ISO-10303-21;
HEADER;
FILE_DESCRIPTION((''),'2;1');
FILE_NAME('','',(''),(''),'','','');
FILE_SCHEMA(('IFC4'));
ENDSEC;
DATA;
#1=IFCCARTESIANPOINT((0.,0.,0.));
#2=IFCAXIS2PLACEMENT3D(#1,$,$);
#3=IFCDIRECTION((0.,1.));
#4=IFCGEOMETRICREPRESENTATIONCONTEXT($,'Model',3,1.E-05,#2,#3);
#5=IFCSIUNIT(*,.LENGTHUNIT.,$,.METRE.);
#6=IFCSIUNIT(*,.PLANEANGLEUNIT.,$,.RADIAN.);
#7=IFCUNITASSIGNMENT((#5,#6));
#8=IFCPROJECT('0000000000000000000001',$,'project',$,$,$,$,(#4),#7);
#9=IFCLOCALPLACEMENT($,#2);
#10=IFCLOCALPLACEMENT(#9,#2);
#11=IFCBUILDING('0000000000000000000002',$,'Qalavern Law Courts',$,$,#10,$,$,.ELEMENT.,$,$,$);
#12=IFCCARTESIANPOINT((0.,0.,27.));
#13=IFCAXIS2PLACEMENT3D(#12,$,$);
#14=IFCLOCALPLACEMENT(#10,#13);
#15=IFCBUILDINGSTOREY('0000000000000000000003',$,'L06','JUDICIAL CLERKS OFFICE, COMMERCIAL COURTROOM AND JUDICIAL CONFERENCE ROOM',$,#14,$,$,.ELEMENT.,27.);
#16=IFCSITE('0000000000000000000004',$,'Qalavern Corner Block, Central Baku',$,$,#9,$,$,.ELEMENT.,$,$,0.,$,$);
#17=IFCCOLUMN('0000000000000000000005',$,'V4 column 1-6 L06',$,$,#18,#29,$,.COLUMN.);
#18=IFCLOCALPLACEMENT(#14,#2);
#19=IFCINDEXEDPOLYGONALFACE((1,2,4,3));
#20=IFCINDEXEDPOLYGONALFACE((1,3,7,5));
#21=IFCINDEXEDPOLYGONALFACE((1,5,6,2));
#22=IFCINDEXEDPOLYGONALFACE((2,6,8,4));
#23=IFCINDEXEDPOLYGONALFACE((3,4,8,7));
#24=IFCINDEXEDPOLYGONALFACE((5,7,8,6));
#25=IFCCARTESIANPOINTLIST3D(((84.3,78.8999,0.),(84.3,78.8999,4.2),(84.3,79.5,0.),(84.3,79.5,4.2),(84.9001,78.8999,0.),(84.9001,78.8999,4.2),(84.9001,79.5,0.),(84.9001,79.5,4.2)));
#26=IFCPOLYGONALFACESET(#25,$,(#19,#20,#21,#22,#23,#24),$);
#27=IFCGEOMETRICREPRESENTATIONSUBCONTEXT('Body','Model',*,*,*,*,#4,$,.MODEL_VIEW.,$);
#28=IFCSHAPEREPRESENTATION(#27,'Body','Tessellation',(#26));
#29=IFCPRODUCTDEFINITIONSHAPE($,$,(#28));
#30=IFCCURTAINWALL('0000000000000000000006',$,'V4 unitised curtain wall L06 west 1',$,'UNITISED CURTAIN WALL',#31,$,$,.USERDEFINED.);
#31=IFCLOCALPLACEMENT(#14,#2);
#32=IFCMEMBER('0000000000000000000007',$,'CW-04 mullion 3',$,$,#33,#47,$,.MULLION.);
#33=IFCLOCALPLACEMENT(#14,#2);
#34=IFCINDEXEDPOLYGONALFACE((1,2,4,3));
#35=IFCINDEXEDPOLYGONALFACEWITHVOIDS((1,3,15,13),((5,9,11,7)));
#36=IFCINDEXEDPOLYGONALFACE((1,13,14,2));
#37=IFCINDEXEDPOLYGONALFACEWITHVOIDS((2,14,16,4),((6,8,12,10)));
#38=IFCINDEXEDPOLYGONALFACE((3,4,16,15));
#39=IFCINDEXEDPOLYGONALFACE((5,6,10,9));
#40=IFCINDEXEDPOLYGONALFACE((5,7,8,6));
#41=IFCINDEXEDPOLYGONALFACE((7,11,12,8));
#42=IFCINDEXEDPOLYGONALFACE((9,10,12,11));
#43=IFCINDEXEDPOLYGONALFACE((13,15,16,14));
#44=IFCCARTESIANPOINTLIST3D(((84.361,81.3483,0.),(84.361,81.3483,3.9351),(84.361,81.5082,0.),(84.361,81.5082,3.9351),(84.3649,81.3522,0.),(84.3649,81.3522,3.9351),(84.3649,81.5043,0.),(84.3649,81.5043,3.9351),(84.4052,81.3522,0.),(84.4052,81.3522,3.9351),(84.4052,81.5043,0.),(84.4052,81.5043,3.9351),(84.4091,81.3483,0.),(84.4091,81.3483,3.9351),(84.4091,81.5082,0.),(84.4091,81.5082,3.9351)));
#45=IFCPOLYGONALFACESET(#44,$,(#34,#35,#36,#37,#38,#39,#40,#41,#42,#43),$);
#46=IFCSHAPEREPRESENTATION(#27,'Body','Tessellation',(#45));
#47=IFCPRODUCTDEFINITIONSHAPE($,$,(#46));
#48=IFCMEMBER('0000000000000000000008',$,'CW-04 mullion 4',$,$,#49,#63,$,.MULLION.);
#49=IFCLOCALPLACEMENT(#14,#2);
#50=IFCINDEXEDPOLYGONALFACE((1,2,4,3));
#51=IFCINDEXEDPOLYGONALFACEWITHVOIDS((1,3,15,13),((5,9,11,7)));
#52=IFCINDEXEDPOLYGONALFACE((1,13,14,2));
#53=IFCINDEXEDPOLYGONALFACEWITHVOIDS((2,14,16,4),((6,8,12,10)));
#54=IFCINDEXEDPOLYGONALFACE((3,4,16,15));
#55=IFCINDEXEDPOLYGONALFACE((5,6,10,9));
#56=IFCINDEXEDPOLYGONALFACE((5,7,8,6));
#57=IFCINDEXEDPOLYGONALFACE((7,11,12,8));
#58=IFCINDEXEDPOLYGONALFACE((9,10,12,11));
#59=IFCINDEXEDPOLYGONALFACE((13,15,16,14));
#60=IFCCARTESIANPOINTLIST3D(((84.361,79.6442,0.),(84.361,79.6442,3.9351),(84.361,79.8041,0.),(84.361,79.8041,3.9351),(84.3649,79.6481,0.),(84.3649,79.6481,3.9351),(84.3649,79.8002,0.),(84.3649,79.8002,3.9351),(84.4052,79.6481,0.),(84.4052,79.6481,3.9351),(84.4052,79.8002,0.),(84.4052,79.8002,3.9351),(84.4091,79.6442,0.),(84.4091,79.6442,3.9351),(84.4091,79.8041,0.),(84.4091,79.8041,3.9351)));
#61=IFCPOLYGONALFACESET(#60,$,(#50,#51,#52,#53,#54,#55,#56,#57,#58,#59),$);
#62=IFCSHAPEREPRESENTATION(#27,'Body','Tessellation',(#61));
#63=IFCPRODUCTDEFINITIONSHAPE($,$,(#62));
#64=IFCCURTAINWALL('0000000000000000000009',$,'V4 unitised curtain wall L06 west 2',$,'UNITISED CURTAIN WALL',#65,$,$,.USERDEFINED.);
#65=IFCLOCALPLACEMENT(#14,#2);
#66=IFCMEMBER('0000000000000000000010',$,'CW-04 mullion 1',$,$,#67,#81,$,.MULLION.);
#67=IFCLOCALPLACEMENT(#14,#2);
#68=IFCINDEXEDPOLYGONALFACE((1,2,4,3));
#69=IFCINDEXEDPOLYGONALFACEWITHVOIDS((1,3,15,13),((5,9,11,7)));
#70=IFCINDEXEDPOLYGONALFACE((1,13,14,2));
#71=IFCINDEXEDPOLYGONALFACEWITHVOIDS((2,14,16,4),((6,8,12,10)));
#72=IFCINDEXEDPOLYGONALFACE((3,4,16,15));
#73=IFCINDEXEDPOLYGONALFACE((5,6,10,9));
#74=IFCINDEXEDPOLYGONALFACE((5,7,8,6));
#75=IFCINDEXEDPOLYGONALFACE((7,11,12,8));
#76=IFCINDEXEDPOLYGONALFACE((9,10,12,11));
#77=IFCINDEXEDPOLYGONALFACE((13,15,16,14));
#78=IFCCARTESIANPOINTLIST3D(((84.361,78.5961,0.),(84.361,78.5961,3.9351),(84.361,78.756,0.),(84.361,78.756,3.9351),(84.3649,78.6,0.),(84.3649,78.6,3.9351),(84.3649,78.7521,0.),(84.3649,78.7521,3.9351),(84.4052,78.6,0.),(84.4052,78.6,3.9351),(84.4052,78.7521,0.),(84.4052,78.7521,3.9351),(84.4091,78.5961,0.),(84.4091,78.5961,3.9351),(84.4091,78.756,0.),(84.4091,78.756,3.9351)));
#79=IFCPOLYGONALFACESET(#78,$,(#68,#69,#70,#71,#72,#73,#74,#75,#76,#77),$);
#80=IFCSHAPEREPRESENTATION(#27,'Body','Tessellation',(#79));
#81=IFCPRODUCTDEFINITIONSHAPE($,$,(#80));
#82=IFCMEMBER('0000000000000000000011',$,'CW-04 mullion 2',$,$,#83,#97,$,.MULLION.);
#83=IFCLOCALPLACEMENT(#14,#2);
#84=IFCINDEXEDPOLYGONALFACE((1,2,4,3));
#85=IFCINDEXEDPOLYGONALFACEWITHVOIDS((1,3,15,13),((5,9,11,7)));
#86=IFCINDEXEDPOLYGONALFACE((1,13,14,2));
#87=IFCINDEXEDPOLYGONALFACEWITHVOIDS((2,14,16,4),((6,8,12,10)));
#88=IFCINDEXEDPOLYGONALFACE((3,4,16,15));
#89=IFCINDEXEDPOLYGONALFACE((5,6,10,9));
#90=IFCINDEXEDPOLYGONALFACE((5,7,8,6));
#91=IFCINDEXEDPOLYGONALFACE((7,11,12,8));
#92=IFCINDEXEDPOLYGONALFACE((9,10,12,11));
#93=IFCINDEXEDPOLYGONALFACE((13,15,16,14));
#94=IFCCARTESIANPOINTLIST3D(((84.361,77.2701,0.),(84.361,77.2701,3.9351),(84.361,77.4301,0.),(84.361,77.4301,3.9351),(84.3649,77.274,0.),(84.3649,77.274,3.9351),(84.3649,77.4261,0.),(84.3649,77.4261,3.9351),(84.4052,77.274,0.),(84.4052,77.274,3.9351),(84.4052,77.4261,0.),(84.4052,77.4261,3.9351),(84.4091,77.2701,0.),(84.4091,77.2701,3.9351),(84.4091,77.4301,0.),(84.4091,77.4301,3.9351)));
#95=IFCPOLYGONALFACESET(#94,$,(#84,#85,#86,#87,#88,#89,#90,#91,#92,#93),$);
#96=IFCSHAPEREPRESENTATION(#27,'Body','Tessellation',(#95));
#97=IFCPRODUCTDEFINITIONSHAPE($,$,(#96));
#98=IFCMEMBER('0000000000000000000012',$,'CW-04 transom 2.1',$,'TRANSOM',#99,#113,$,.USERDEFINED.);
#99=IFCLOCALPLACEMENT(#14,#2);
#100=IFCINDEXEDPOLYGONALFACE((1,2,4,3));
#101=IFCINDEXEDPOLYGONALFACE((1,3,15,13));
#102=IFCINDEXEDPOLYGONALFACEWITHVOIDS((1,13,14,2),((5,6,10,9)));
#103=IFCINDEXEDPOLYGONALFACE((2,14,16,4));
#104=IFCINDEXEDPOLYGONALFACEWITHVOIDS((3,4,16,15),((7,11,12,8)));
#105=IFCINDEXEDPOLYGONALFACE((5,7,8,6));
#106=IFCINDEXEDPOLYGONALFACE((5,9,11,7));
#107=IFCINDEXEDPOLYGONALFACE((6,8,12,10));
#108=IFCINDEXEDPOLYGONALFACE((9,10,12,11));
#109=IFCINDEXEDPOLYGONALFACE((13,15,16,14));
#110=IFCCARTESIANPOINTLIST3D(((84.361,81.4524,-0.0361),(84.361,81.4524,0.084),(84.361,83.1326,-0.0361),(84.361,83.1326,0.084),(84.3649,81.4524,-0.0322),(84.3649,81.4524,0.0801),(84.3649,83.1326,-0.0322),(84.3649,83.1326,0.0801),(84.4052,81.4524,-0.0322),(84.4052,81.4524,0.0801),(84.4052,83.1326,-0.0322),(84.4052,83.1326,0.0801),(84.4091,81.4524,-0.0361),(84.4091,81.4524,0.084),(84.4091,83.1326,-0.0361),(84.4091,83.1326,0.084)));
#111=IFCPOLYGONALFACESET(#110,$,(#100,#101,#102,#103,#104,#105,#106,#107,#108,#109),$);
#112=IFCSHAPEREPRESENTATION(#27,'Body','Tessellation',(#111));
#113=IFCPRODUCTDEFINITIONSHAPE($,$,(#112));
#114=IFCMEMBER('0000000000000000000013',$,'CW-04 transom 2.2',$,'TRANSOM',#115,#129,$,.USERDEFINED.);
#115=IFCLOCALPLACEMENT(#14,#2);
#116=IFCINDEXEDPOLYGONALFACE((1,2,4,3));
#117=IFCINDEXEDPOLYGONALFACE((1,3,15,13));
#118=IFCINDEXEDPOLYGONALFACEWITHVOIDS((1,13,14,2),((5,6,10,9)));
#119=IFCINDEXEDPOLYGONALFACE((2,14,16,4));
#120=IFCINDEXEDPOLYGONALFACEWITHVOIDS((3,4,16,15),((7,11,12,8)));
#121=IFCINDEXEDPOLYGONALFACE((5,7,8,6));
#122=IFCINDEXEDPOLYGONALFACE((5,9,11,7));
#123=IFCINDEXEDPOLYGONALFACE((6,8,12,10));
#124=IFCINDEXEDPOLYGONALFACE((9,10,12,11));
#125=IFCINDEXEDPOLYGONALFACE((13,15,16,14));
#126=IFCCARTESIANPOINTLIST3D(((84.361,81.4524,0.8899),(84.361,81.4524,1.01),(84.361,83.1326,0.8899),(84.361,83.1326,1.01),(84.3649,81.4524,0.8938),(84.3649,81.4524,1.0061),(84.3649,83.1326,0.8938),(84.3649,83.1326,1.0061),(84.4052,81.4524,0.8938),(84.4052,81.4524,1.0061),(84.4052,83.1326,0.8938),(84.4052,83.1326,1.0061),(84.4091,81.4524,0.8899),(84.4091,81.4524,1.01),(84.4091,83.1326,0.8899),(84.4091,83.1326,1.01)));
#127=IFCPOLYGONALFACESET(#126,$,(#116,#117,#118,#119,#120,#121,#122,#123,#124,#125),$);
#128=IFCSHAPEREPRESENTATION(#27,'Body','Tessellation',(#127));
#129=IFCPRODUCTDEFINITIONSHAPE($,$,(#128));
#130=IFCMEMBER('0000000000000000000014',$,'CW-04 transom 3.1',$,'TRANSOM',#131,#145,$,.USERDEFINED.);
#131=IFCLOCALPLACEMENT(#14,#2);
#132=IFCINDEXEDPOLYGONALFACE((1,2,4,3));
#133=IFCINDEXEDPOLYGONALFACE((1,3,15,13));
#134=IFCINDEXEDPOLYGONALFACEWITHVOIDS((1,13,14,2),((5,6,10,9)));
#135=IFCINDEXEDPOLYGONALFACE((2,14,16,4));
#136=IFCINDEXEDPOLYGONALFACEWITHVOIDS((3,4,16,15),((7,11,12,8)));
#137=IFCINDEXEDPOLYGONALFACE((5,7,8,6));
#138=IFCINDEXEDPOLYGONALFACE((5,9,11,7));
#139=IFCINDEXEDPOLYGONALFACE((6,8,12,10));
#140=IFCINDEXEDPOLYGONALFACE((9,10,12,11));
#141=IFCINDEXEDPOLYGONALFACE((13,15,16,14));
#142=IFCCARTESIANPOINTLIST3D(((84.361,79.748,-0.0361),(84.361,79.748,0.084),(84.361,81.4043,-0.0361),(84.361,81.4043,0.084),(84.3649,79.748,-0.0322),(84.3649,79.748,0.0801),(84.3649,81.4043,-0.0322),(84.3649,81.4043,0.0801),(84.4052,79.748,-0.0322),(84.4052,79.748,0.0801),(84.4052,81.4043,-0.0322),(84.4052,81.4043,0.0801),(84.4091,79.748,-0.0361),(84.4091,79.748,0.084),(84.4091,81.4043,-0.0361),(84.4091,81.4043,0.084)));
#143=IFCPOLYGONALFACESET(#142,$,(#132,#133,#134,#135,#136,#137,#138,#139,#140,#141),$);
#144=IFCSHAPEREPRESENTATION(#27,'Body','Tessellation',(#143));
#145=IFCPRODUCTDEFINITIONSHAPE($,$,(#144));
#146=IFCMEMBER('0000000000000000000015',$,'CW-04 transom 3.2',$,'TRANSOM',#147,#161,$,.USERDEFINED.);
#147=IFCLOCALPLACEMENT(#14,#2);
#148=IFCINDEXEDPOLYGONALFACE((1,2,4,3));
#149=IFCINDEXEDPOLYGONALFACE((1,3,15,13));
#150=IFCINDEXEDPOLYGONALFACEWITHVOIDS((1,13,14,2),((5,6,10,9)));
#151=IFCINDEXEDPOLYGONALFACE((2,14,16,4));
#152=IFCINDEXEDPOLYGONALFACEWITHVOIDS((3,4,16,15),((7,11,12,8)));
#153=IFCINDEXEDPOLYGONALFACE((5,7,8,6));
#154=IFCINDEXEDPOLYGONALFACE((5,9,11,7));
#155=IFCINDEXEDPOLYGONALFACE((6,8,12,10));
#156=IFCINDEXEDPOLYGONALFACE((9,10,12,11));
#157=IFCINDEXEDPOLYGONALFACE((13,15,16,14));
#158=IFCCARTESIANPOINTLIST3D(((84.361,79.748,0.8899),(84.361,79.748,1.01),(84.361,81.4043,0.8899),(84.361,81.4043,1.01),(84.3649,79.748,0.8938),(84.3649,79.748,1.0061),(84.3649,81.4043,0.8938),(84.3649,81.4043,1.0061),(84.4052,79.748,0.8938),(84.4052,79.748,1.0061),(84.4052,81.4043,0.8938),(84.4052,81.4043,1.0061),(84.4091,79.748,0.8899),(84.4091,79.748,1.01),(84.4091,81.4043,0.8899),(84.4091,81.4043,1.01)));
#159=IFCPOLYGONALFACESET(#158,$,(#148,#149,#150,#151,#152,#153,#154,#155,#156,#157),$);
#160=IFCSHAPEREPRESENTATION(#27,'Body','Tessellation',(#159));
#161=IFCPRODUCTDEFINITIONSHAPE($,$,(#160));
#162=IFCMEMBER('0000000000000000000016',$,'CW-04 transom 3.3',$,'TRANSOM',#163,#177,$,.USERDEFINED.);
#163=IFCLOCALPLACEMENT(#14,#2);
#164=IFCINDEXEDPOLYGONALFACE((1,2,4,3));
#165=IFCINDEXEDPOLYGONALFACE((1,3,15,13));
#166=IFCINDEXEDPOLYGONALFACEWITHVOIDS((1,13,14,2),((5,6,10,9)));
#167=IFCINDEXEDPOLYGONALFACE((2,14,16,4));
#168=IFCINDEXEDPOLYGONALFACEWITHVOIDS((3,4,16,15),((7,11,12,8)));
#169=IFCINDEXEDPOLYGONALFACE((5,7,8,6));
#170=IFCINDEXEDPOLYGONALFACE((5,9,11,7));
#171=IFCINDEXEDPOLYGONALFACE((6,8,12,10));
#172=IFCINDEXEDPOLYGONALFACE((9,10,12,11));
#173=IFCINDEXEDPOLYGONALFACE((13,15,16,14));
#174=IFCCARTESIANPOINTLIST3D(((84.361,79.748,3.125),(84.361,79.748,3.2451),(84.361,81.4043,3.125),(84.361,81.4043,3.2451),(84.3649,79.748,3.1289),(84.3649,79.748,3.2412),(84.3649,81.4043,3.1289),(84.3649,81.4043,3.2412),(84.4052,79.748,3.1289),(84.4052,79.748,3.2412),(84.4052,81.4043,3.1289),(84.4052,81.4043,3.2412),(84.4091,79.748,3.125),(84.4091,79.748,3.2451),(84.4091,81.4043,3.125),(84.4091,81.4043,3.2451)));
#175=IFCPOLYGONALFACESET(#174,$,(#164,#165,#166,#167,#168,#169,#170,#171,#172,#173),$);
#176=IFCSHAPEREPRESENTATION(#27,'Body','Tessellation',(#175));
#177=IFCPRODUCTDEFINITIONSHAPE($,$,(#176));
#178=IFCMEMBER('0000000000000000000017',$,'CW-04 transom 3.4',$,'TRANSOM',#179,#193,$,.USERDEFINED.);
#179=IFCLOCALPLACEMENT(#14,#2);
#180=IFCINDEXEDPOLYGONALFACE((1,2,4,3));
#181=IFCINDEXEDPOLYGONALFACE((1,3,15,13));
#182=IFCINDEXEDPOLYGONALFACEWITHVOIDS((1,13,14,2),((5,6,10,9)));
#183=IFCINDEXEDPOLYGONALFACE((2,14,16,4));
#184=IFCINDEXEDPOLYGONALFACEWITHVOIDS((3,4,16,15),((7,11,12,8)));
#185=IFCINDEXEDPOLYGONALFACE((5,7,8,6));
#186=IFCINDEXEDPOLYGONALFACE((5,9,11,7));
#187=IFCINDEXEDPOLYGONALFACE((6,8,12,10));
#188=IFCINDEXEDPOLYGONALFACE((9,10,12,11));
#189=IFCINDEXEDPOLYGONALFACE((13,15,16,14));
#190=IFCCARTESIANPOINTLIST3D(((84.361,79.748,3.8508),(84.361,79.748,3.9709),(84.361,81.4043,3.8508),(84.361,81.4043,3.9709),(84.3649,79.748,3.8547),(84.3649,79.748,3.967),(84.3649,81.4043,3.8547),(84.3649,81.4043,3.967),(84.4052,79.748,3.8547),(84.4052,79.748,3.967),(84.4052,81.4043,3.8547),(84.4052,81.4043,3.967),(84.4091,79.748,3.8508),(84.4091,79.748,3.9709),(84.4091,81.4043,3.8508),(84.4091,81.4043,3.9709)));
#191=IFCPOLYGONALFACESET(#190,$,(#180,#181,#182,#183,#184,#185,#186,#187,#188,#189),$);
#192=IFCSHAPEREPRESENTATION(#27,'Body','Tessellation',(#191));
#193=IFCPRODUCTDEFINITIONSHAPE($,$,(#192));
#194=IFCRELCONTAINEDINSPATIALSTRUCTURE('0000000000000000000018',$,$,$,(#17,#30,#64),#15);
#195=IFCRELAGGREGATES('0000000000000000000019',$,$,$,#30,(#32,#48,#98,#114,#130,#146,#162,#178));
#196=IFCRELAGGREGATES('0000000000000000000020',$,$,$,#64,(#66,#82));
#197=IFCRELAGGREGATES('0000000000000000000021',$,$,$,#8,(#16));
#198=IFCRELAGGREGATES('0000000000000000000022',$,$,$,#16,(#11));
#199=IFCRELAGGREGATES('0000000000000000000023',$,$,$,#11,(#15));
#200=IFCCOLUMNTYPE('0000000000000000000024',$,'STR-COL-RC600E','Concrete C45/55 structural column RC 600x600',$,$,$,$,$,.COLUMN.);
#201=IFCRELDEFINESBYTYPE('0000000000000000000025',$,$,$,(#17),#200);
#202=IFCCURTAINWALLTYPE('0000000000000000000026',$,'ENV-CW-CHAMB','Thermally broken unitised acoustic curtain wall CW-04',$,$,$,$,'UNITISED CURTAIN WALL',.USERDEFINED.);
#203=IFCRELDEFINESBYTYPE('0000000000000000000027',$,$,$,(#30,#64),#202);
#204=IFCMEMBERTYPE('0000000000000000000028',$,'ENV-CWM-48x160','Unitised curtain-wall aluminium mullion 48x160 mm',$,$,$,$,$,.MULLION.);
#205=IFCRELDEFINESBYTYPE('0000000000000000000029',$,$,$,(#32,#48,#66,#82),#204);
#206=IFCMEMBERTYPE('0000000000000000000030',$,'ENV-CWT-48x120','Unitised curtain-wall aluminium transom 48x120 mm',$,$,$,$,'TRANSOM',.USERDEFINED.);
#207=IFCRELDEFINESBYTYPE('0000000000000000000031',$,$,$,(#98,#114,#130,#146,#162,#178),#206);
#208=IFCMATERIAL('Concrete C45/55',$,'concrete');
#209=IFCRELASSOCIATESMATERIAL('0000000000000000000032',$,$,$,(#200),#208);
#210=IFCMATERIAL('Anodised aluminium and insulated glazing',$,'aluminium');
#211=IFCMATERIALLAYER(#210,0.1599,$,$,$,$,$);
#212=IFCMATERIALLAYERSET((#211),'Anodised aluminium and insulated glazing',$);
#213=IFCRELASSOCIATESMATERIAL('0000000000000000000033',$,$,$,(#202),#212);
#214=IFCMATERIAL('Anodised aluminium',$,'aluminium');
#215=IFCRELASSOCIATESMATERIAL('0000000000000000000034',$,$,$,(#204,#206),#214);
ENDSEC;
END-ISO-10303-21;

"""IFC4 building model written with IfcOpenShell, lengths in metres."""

from ifc_helpers import new_model, si_unit, direction, frame, origin, origin_2d, place, context, subcontext, project, spatial, rectangle, hollow_rectangle, extrude, material, layer, layer_set, material_profile, profile_set, type_object, element, aggregate, save


model = new_model("IFC4")

# Units and contexts
model_context = context("Model", 3, precision=1e-05, world=origin(), true_north=direction((0.0, 1.0)))
body_context = subcontext(model_context, "Body", "Model", "MODEL_VIEW")
ifc_project = project(units=[si_unit("LENGTHUNIT", "METRE"), si_unit("PLANEANGLEUNIT", "RADIAN")], contexts=[model_context])

# Site, building, storey
site_placement = place(None, origin())
site = spatial("IfcSite", under=ifc_project, at=site_placement, Name="Qalavern Corner Block, Central Baku", CompositionType="ELEMENT", RefElevation=0.0)
building_placement = place(site_placement, origin())
building = spatial("IfcBuilding", under=site, at=building_placement, Name="Qalavern Law Courts", CompositionType="ELEMENT")
storey_placement = place(building_placement, frame((0.0, 0.0, 27.0)))
storey = spatial("IfcBuildingStorey", under=building, at=storey_placement, Name="L06", Description="JUDICIAL CLERKS OFFICE, COMMERCIAL COURTROOM AND JUDICIAL CONFERENCE ROOM", CompositionType="ELEMENT", Elevation=27.0)

# Column
ifc_material_1 = material(Name="Concrete C45/55", Category="concrete")
ifc_material_profile_1 = material_profile(ifc_material_1, rectangle(XDim=0.6001, YDim=0.6001, at=origin_2d()), Name="RC 600x600")
ifc_profile_set_1 = profile_set([ifc_material_profile_1], Name="Concrete C45/55")
column_type = type_object("IfcColumnType", Name="STR-COL-RC600E", Description="Concrete C45/55 structural column RC 600x600", PredefinedType="COLUMN", material=ifc_profile_set_1)
column_placement = place(storey_placement, frame((84.6001, 79.2, 0.0), z_axis=(0.0, 0.0, 1.0), x_axis=(1.0, 0.0, 0.0)))
element("IfcColumn", 1, at=column_placement, inside=storey, type_object=column_type, Name="V4 column 1-6 L06", PredefinedType="COLUMN", context=body_context, shape_type="SweptSolid", body=[
    extrude(rectangle(XDim=0.6001, YDim=0.6001, at=origin_2d()), origin(), (0.0, 0.0, 1.0), 4.2),
])

# Curtain walls, members
ifc_material_2 = material(Name="Anodised aluminium and insulated glazing", Category="aluminium")
ifc_layer_1 = layer(ifc_material_2, 0.1599)
ifc_layer_set_1 = layer_set([ifc_layer_1], Name="Anodised aluminium and insulated glazing")
curtain_wall_type = type_object("IfcCurtainWallType", Name="ENV-CW-CHAMB", Description="Thermally broken unitised acoustic curtain wall CW-04", ElementType="UNITISED CURTAIN WALL", PredefinedType="USERDEFINED", material=ifc_layer_set_1)
curtain_wall_1_placement = place(storey_placement, origin())
curtain_wall_1 = element("IfcCurtainWall", 2, at=curtain_wall_1_placement, inside=storey, type_object=curtain_wall_type, Name="V4 unitised curtain wall L06 west 1", ObjectType="UNITISED CURTAIN WALL", PredefinedType="USERDEFINED")
ifc_material_3 = material(Name="Anodised aluminium", Category="aluminium")
ifc_material_profile_2 = material_profile(ifc_material_3, hollow_rectangle(XDim=0.0481, YDim=0.1599, WallThickness=0.0039, at=origin_2d()), Name="ALU MULLION 48x160")
ifc_profile_set_2 = profile_set([ifc_material_profile_2], Name="Anodised aluminium")
member_type_1 = type_object("IfcMemberType", Name="ENV-CWM-48x160", Description="Unitised curtain-wall aluminium mullion 48x160 mm", PredefinedType="MULLION", material=ifc_profile_set_2)
member_1_placement = place(storey_placement, frame((84.385, 81.4282, 0.0), z_axis=(0.0, 0.0, 1.0), x_axis=(1.0, 0.0, 0.0)))
member_1 = element("IfcMember", 3, at=member_1_placement, type_object=member_type_1, Name="CW-04 mullion 3", PredefinedType="MULLION", context=body_context, shape_type="SweptSolid", body=[
    extrude(hollow_rectangle(XDim=0.0481, YDim=0.1599, WallThickness=0.0039, at=origin_2d()), origin(), (0.0, 0.0, 1.0), 3.9351),
])
member_2_placement = place(storey_placement, frame((84.385, 79.7241, 0.0), z_axis=(0.0, 0.0, 1.0), x_axis=(1.0, 0.0, 0.0)))
member_2 = element("IfcMember", 4, at=member_2_placement, type_object=member_type_1, Name="CW-04 mullion 4", PredefinedType="MULLION", context=body_context, shape_type="SweptSolid", body=[
    extrude(hollow_rectangle(XDim=0.0481, YDim=0.1599, WallThickness=0.0039, at=origin_2d()), origin(), (0.0, 0.0, 1.0), 3.9351),
])
curtain_wall_2_placement = place(storey_placement, origin())
curtain_wall_2 = element("IfcCurtainWall", 5, at=curtain_wall_2_placement, inside=storey, type_object=curtain_wall_type, Name="V4 unitised curtain wall L06 west 2", ObjectType="UNITISED CURTAIN WALL", PredefinedType="USERDEFINED")
member_3_placement = place(storey_placement, frame((84.385, 78.676, 0.0), z_axis=(0.0, 0.0, 1.0), x_axis=(1.0, 0.0, 0.0)))
member_3 = element("IfcMember", 6, at=member_3_placement, type_object=member_type_1, Name="CW-04 mullion 1", PredefinedType="MULLION", context=body_context, shape_type="SweptSolid", body=[
    extrude(hollow_rectangle(XDim=0.0481, YDim=0.1599, WallThickness=0.0039, at=origin_2d()), origin(), (0.0, 0.0, 1.0), 3.9351),
])
member_4_placement = place(storey_placement, frame((84.385, 77.3501, 0.0), z_axis=(0.0, 0.0, 1.0), x_axis=(1.0, 0.0, 0.0)))
member_4 = element("IfcMember", 7, at=member_4_placement, type_object=member_type_1, Name="CW-04 mullion 2", PredefinedType="MULLION", context=body_context, shape_type="SweptSolid", body=[
    extrude(hollow_rectangle(XDim=0.0481, YDim=0.1599, WallThickness=0.0039, at=origin_2d()), origin(), (0.0, 0.0, 1.0), 3.9351),
])

# Members
ifc_material_profile_3 = material_profile(ifc_material_3, hollow_rectangle(XDim=0.0481, YDim=0.1201, WallThickness=0.0039, at=origin_2d()), Name="ALU TRANSOM 48x120")
ifc_profile_set_3 = profile_set([ifc_material_profile_3], Name="Anodised aluminium")
member_type_2 = type_object("IfcMemberType", Name="ENV-CWT-48x120", Description="Unitised curtain-wall aluminium transom 48x120 mm", ElementType="TRANSOM", PredefinedType="USERDEFINED", material=ifc_profile_set_3)
member_5_placement = place(storey_placement, frame((84.385, 83.1326, 0.0239), z_axis=(0.0, -1.0, 0.0), x_axis=(1.0, 0.0, 0.0)))
member_5 = element("IfcMember", 8, at=member_5_placement, type_object=member_type_2, Name="CW-04 transom 2.1", ObjectType="TRANSOM", PredefinedType="USERDEFINED", context=body_context, shape_type="SweptSolid", body=[
    extrude(hollow_rectangle(XDim=0.0481, YDim=0.1201, WallThickness=0.0039, at=origin_2d()), origin(), (0.0, 0.0, 1.0), 1.6802),
])
member_6_placement = place(storey_placement, frame((84.385, 83.1326, 0.95), z_axis=(0.0, -1.0, 0.0), x_axis=(1.0, 0.0, 0.0)))
member_6 = element("IfcMember", 9, at=member_6_placement, type_object=member_type_2, Name="CW-04 transom 2.2", ObjectType="TRANSOM", PredefinedType="USERDEFINED", context=body_context, shape_type="SweptSolid", body=[
    extrude(hollow_rectangle(XDim=0.0481, YDim=0.1201, WallThickness=0.0039, at=origin_2d()), origin(), (0.0, 0.0, 1.0), 1.6802),
])
member_7_placement = place(storey_placement, frame((84.385, 81.4043, 0.0239), z_axis=(0.0, -1.0, 0.0), x_axis=(1.0, 0.0, 0.0)))
member_7 = element("IfcMember", 10, at=member_7_placement, type_object=member_type_2, Name="CW-04 transom 3.1", ObjectType="TRANSOM", PredefinedType="USERDEFINED", context=body_context, shape_type="SweptSolid", body=[
    extrude(hollow_rectangle(XDim=0.0481, YDim=0.1201, WallThickness=0.0039, at=origin_2d()), origin(), (0.0, 0.0, 1.0), 1.6562),
])
member_8_placement = place(storey_placement, frame((84.385, 81.4043, 0.95), z_axis=(0.0, -1.0, 0.0), x_axis=(1.0, 0.0, 0.0)))
member_8 = element("IfcMember", 11, at=member_8_placement, type_object=member_type_2, Name="CW-04 transom 3.2", ObjectType="TRANSOM", PredefinedType="USERDEFINED", context=body_context, shape_type="SweptSolid", body=[
    extrude(hollow_rectangle(XDim=0.0481, YDim=0.1201, WallThickness=0.0039, at=origin_2d()), origin(), (0.0, 0.0, 1.0), 1.6562),
])
member_9_placement = place(storey_placement, frame((84.385, 81.4043, 3.1851), z_axis=(0.0, -1.0, 0.0), x_axis=(1.0, 0.0, 0.0)))
member_9 = element("IfcMember", 12, at=member_9_placement, type_object=member_type_2, Name="CW-04 transom 3.3", ObjectType="TRANSOM", PredefinedType="USERDEFINED", context=body_context, shape_type="SweptSolid", body=[
    extrude(hollow_rectangle(XDim=0.0481, YDim=0.1201, WallThickness=0.0039, at=origin_2d()), origin(), (0.0, 0.0, 1.0), 1.6562),
])
member_10_placement = place(storey_placement, frame((84.385, 81.4043, 3.9109), z_axis=(0.0, -1.0, 0.0), x_axis=(1.0, 0.0, 0.0)))
member_10 = element("IfcMember", 13, at=member_10_placement, type_object=member_type_2, Name="CW-04 transom 3.4", ObjectType="TRANSOM", PredefinedType="USERDEFINED", context=body_context, shape_type="SweptSolid", body=[
    extrude(hollow_rectangle(XDim=0.0481, YDim=0.1201, WallThickness=0.0039, at=origin_2d()), origin(), (0.0, 0.0, 1.0), 1.6562),
])

aggregate(curtain_wall_1, [member_1, member_2, member_5, member_6, member_7, member_8, member_9, member_10])
aggregate(curtain_wall_2, [member_3, member_4])

save(model, "model.ifc")
